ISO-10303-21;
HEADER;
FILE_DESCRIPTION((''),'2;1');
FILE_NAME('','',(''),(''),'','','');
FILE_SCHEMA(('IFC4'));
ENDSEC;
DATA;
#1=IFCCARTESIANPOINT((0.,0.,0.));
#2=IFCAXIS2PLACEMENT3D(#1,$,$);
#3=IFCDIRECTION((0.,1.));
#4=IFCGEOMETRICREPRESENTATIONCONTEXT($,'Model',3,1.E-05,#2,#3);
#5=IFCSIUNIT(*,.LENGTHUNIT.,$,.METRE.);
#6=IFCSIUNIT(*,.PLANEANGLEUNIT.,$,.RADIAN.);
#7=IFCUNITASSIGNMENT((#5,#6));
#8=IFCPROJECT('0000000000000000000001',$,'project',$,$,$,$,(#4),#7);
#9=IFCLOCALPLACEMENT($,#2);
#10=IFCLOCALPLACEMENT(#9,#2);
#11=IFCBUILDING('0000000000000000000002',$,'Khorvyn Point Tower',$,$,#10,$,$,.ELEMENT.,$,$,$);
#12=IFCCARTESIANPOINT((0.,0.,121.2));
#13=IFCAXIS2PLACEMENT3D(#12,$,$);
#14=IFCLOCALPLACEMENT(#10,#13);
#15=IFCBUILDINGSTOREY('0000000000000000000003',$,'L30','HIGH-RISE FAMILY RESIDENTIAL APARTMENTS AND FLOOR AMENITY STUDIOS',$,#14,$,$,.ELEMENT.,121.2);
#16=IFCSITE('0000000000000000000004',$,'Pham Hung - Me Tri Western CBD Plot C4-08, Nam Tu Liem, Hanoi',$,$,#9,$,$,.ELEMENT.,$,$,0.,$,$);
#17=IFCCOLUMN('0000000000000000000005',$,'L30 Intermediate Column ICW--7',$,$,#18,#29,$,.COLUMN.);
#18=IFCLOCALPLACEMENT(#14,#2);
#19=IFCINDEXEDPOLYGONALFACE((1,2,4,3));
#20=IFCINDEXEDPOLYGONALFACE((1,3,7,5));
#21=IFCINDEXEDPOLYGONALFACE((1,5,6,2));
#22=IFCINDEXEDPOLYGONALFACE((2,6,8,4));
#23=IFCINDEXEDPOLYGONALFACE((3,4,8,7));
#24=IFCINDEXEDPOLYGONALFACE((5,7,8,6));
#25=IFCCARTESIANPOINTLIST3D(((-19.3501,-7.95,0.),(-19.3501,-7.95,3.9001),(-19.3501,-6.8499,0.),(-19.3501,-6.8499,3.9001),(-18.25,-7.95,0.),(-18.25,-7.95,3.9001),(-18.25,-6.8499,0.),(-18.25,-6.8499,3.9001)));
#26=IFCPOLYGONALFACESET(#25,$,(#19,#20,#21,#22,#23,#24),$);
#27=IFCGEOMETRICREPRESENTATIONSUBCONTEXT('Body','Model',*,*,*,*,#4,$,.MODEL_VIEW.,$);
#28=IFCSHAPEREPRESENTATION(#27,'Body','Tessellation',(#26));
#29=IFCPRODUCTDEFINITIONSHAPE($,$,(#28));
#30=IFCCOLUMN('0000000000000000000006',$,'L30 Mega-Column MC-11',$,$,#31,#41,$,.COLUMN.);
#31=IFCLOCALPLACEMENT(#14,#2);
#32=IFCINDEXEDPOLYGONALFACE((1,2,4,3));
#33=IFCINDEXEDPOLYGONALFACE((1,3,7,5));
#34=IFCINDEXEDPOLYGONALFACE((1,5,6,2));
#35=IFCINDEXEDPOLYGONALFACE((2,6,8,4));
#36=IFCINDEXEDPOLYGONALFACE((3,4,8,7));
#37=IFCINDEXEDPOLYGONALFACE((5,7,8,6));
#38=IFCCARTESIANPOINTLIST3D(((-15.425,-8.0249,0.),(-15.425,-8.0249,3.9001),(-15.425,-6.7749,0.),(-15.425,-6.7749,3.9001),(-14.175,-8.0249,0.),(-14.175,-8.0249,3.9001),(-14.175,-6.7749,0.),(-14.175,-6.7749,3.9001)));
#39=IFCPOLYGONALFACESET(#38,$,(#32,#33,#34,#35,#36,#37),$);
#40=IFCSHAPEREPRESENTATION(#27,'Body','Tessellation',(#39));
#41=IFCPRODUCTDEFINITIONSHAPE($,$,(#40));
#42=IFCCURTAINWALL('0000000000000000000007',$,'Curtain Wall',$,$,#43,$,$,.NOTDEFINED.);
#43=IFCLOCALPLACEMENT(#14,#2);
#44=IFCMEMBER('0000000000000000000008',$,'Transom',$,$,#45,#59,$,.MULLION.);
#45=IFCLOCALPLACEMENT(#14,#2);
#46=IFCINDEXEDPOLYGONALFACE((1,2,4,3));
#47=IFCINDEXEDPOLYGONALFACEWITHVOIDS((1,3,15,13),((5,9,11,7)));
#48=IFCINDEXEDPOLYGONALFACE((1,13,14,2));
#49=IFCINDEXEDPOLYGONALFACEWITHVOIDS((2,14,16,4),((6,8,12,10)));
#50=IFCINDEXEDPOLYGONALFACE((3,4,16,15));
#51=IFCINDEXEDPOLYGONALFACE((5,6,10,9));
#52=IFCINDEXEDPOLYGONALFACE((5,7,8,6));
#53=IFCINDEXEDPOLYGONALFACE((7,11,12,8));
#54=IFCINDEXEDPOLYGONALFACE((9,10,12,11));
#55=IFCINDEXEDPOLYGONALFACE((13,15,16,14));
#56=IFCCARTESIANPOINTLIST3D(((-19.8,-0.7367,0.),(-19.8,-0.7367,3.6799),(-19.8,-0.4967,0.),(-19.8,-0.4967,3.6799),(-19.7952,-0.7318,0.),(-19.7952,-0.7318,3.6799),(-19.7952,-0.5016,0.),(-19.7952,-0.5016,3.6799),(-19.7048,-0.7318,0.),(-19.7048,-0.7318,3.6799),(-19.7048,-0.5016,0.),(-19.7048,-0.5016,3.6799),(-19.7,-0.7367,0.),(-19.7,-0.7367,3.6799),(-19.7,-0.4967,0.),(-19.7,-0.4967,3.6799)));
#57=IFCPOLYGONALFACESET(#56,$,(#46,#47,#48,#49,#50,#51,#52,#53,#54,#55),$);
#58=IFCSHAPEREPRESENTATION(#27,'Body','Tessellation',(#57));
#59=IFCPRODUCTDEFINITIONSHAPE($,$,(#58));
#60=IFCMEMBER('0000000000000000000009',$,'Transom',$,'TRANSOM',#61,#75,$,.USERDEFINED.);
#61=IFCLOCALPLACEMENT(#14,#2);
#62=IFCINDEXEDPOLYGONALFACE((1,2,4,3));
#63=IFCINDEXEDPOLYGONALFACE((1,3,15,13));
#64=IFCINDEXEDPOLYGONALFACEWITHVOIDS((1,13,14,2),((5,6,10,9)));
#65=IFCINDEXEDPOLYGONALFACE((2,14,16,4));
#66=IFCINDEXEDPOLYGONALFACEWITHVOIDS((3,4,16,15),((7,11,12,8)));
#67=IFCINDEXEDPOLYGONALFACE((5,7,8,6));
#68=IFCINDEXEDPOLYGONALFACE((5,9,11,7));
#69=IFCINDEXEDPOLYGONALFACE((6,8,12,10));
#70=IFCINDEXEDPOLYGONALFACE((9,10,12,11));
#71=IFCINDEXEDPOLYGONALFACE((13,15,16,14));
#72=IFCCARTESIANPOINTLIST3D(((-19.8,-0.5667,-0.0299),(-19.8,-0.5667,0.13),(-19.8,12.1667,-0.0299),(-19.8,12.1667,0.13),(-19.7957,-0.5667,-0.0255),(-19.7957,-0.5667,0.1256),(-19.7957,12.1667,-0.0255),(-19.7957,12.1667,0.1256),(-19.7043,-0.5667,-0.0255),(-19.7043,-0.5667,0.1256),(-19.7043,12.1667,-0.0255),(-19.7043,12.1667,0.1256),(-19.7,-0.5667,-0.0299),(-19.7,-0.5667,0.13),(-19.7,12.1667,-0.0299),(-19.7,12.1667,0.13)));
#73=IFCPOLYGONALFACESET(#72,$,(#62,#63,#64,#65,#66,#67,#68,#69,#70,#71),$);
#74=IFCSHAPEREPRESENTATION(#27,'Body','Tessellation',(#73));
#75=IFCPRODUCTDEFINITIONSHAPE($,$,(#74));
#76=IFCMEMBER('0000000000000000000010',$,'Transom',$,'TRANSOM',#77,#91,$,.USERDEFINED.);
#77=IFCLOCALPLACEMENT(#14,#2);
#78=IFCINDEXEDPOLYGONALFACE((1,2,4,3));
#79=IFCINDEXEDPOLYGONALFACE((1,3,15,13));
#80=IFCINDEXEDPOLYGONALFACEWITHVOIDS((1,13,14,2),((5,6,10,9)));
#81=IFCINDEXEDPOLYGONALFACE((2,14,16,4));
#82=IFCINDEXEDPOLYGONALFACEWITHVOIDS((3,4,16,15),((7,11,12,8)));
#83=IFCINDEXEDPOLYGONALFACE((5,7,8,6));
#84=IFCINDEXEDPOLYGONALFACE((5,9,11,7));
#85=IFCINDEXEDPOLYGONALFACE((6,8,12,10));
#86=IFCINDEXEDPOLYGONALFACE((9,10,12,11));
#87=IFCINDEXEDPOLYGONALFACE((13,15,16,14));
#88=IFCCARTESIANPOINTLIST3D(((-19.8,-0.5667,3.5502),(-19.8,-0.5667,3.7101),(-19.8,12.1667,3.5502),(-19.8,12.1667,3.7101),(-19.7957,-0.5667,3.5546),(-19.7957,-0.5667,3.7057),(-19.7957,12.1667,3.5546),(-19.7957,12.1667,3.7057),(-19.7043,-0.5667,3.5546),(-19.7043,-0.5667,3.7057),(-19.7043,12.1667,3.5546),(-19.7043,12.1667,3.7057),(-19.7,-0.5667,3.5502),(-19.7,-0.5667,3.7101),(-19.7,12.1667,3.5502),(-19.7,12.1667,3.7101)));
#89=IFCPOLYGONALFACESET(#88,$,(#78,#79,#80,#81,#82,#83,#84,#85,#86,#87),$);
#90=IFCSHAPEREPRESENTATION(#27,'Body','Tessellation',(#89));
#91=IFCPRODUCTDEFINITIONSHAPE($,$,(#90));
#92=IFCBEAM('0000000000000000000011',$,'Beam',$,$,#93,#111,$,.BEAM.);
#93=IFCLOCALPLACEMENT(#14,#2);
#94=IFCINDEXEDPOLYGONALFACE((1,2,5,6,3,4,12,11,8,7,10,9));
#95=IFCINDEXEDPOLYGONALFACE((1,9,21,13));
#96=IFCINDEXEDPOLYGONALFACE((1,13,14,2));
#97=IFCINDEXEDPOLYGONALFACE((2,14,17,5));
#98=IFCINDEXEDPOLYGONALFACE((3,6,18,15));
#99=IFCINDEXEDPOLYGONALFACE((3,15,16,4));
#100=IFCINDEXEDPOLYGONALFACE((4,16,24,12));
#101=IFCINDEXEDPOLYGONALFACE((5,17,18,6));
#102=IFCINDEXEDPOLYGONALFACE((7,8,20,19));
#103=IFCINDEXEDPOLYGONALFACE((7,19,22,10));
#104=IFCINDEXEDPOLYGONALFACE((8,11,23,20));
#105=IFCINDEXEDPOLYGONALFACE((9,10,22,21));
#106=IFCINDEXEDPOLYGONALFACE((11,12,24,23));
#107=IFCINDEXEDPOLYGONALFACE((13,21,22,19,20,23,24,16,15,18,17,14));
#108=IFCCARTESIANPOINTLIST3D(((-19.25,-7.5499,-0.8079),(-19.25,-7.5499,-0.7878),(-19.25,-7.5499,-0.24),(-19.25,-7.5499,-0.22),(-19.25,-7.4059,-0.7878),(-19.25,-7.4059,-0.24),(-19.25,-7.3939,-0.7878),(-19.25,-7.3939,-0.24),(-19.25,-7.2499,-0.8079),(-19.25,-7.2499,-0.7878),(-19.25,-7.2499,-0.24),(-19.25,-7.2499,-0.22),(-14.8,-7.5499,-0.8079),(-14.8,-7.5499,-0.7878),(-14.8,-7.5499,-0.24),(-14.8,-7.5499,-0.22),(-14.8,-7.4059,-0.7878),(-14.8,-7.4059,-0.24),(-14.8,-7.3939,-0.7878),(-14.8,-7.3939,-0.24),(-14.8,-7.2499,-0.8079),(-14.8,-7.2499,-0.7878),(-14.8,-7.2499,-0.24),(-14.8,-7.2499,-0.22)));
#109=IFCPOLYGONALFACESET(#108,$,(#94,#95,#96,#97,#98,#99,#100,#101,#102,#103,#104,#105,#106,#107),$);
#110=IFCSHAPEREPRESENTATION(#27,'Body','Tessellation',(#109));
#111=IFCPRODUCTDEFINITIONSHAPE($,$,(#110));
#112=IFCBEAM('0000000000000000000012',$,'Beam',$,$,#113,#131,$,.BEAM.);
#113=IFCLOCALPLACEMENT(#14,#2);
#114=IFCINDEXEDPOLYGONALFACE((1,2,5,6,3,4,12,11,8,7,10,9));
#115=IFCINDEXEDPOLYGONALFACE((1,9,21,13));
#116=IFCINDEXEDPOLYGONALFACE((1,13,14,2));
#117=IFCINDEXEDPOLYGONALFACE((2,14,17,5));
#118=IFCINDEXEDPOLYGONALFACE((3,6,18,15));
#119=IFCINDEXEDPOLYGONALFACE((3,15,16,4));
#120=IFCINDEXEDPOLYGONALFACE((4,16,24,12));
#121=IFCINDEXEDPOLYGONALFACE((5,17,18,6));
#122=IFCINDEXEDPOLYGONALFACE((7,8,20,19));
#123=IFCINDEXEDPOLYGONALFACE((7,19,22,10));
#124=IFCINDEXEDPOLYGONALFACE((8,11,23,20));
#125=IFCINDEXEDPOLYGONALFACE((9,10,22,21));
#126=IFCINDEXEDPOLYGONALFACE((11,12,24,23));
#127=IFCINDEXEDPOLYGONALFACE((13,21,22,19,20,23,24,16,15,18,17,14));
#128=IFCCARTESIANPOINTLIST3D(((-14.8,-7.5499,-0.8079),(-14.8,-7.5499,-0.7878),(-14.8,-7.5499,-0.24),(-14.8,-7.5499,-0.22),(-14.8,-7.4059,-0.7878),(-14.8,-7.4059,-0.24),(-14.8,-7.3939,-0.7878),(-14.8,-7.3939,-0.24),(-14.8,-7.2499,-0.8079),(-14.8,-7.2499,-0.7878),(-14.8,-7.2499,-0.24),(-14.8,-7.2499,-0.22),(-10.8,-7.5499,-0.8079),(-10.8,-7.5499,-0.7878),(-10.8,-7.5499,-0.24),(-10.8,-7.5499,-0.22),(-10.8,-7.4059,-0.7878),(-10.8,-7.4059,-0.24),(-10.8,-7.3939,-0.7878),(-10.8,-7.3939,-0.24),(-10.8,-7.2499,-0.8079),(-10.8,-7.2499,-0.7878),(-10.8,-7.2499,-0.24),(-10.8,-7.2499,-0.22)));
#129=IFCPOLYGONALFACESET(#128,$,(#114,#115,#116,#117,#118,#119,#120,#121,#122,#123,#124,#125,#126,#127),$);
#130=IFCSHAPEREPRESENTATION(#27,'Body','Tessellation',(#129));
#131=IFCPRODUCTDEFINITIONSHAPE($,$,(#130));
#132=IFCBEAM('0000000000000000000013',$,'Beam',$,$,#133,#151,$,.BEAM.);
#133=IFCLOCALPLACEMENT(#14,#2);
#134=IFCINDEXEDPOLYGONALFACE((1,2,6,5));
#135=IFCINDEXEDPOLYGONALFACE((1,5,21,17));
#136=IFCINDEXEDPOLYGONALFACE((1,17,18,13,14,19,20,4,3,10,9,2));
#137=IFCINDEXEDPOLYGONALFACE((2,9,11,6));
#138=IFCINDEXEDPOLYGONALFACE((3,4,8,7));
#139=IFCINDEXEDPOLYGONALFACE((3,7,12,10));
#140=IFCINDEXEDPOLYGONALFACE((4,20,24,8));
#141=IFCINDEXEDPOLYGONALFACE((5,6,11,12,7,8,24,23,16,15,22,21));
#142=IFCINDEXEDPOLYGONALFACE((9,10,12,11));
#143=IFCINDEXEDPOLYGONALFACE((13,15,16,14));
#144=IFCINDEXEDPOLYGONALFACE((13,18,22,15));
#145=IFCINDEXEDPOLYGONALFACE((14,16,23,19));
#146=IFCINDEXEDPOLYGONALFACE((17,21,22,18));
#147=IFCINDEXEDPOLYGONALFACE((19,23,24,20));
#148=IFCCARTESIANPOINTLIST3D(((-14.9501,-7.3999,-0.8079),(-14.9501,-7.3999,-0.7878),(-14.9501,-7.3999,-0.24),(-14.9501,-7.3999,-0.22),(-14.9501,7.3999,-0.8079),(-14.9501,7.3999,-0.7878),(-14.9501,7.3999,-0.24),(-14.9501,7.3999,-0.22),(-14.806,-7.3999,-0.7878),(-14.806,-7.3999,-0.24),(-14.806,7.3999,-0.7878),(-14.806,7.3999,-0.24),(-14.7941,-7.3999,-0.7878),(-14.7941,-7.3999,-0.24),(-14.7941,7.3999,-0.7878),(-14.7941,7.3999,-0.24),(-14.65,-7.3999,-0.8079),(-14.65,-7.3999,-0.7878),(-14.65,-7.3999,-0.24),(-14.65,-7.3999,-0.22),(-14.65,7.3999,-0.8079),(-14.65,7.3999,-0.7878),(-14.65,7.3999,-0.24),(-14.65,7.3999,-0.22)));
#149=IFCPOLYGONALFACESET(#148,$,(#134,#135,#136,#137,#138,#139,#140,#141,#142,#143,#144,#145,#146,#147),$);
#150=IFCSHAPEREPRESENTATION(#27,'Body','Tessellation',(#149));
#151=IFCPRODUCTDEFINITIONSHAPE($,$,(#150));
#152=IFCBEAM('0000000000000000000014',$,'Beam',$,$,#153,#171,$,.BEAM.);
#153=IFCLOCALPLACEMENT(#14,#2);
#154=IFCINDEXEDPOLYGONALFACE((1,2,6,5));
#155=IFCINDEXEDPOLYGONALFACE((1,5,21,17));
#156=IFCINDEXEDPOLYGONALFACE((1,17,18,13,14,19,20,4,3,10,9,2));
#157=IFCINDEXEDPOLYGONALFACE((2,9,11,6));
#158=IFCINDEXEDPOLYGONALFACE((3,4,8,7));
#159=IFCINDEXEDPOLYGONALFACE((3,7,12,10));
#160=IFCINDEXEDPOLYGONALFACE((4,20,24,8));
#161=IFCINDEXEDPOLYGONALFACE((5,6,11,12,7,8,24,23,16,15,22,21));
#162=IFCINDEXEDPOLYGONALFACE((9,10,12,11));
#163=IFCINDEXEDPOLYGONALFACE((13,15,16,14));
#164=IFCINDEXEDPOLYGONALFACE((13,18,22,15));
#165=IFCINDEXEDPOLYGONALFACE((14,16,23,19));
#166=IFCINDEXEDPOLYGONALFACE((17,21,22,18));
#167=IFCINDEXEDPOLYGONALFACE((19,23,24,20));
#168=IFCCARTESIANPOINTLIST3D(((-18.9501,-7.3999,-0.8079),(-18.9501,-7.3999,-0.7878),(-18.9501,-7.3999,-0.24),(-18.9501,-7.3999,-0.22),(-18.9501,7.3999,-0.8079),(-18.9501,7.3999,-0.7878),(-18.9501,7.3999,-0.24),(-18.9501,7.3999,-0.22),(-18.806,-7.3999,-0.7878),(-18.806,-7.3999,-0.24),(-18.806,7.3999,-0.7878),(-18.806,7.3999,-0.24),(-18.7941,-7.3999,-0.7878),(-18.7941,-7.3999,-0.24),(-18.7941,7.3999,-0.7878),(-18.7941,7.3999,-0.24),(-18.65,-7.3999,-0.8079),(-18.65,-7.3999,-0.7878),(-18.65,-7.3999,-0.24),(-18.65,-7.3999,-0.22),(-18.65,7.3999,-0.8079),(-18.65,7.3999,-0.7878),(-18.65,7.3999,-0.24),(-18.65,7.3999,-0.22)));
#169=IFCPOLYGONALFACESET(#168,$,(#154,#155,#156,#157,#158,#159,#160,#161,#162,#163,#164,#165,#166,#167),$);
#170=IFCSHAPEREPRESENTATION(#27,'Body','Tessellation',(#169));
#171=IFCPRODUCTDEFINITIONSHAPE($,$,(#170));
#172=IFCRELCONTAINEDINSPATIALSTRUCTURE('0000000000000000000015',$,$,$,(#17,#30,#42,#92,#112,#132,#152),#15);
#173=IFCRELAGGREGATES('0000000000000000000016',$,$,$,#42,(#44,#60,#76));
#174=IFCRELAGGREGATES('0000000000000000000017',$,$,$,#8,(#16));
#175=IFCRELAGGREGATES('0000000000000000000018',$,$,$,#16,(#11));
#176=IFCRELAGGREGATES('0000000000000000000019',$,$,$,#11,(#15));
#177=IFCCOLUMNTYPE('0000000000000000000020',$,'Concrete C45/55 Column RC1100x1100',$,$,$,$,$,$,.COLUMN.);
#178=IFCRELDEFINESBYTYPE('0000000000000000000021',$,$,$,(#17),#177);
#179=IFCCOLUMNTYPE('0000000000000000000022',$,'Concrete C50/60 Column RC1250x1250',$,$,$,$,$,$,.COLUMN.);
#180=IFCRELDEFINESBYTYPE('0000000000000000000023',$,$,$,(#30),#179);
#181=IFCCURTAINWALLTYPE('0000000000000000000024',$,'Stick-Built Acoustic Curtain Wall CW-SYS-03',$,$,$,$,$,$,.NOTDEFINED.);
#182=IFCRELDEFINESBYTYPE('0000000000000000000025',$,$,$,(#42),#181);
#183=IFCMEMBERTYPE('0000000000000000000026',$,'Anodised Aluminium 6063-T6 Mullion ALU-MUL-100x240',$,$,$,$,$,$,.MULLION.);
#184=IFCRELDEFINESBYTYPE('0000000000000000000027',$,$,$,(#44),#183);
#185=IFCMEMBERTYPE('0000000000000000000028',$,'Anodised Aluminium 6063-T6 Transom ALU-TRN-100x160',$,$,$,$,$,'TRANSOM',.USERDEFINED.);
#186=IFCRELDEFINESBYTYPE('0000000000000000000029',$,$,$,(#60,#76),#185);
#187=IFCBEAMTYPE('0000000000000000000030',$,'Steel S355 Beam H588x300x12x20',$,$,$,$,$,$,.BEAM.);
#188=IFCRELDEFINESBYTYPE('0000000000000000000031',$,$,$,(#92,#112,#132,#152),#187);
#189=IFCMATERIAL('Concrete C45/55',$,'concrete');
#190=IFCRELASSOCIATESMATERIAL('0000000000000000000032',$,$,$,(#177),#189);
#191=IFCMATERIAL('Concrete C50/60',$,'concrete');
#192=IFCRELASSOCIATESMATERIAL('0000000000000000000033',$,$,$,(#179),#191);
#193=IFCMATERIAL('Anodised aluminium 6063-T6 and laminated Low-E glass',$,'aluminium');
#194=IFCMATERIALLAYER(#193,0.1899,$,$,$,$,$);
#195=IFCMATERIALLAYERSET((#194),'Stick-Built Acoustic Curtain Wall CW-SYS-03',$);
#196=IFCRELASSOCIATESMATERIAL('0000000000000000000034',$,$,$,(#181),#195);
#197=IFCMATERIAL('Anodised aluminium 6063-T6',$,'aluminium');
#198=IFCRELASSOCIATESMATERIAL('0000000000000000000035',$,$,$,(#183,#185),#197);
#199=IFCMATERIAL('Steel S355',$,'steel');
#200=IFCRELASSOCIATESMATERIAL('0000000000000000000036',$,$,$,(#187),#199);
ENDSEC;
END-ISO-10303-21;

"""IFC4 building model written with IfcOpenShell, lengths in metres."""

from ifc_helpers import new_model, si_unit, direction, frame, origin, origin_2d, place, context, subcontext, project, spatial, rectangle, hollow_rectangle, i_section, extrude, material, layer, layer_set, material_profile, profile_set, type_object, element, aggregate, save


model = new_model("IFC4")

# Units and contexts
model_context = context("Model", 3, precision=1e-05, world=origin(), true_north=direction((0.0, 1.0)))
body_context = subcontext(model_context, "Body", "Model", "MODEL_VIEW")
ifc_project = project(units=[si_unit("LENGTHUNIT", "METRE"), si_unit("PLANEANGLEUNIT", "RADIAN")], contexts=[model_context])

# Site, building, storey
site_placement = place(None, origin())
site = spatial("IfcSite", under=ifc_project, at=site_placement, Name="Pham Hung - Me Tri Western CBD Plot C4-08, Nam Tu Liem, Hanoi", CompositionType="ELEMENT", RefElevation=0.0)
building_placement = place(site_placement, origin())
building = spatial("IfcBuilding", under=site, at=building_placement, Name="Khorvyn Point Tower", CompositionType="ELEMENT")
storey_placement = place(building_placement, frame((0.0, 0.0, 121.2)))
storey = spatial("IfcBuildingStorey", under=building, at=storey_placement, Name="L30", Description="HIGH-RISE FAMILY RESIDENTIAL APARTMENTS AND FLOOR AMENITY STUDIOS", CompositionType="ELEMENT", Elevation=121.2)

# Columns
ifc_material_1 = material(Name="Concrete C45/55", Category="concrete")
ifc_material_profile_1 = material_profile(ifc_material_1, rectangle(XDim=1.1001, YDim=1.1001, at=origin_2d()))
ifc_profile_set_1 = profile_set([ifc_material_profile_1], Name="Concrete C45/55 RC1100x1100")
column_type_1 = type_object("IfcColumnType", Name="Concrete C45/55 Column RC1100x1100", PredefinedType="COLUMN", material=ifc_profile_set_1)
column_1_placement = place(storey_placement, frame((-18.8, -7.3999, 0.0), z_axis=(0.0, 0.0, 1.0), x_axis=(1.0, 0.0, 0.0)))
element("IfcColumn", 1, at=column_1_placement, inside=storey, type_object=column_type_1, Name="L30 Intermediate Column ICW--7", PredefinedType="COLUMN", context=body_context, shape_type="SweptSolid", body=[
    extrude(rectangle(XDim=1.1001, YDim=1.1001, at=origin_2d()), origin(), (0.0, 0.0, 1.0), 3.9001),
])
ifc_material_2 = material(Name="Concrete C50/60", Category="concrete")
ifc_material_profile_2 = material_profile(ifc_material_2, rectangle(XDim=1.25, YDim=1.25, at=origin_2d()))
ifc_profile_set_2 = profile_set([ifc_material_profile_2], Name="Concrete C50/60 RC1250x1250")
column_type_2 = type_object("IfcColumnType", Name="Concrete C50/60 Column RC1250x1250", PredefinedType="COLUMN", material=ifc_profile_set_2)
column_2_placement = place(storey_placement, frame((-14.8, -7.3999, 0.0), z_axis=(0.0, 0.0, 1.0), x_axis=(1.0, 0.0, 0.0)))
element("IfcColumn", 2, at=column_2_placement, inside=storey, type_object=column_type_2, Name="L30 Mega-Column MC-11", PredefinedType="COLUMN", context=body_context, shape_type="SweptSolid", body=[
    extrude(rectangle(XDim=1.25, YDim=1.25, at=origin_2d()), origin(), (0.0, 0.0, 1.0), 3.9001),
])

# Curtain wall, members
ifc_material_3 = material(Name="Anodised aluminium 6063-T6 and laminated Low-E glass", Category="aluminium")
ifc_layer_1 = layer(ifc_material_3, 0.1899)
ifc_layer_set_1 = layer_set([ifc_layer_1], Name="Stick-Built Acoustic Curtain Wall CW-SYS-03")
curtain_wall_type = type_object("IfcCurtainWallType", Name="Stick-Built Acoustic Curtain Wall CW-SYS-03", PredefinedType="NOTDEFINED", material=ifc_layer_set_1)
curtain_wall_placement = place(storey_placement, origin())
curtain_wall = element("IfcCurtainWall", 3, at=curtain_wall_placement, inside=storey, type_object=curtain_wall_type, Name="Curtain Wall", PredefinedType="NOTDEFINED")
ifc_material_4 = material(Name="Anodised aluminium 6063-T6", Category="aluminium")
ifc_material_profile_3 = material_profile(ifc_material_4, hollow_rectangle(XDim=0.1001, YDim=0.24, WallThickness=0.0049, at=origin_2d()))
ifc_profile_set_3 = profile_set([ifc_material_profile_3], Name="Anodised aluminium 6063-T6 ALU-MUL-100x240")
member_type_1 = type_object("IfcMemberType", Name="Anodised Aluminium 6063-T6 Mullion ALU-MUL-100x240", PredefinedType="MULLION", material=ifc_profile_set_3)
member_1_placement = place(storey_placement, frame((-19.75, -0.6167, 0.0), z_axis=(0.0, 0.0, 1.0), x_axis=(-1.0, 0.0, 0.0)))
member_1 = element("IfcMember", 4, at=member_1_placement, type_object=member_type_1, Name="Transom", PredefinedType="MULLION", context=body_context, shape_type="SweptSolid", body=[
    extrude(hollow_rectangle(XDim=0.1001, YDim=0.24, WallThickness=0.0049, at=origin_2d()), origin(), (0.0, 0.0, 1.0), 3.6799),
])
ifc_material_profile_4 = material_profile(ifc_material_4, hollow_rectangle(XDim=0.1001, YDim=0.1599, WallThickness=0.0044, at=origin_2d()))
ifc_profile_set_4 = profile_set([ifc_material_profile_4], Name="Anodised aluminium 6063-T6 ALU-TRN-100x160")
member_type_2 = type_object("IfcMemberType", Name="Anodised Aluminium 6063-T6 Transom ALU-TRN-100x160", ElementType="TRANSOM", PredefinedType="USERDEFINED", material=ifc_profile_set_4)
member_2_placement = place(storey_placement, frame((-19.75, -0.5667, 0.05), z_axis=(0.0, 1.0, 0.0), x_axis=(-1.0, 0.0, 0.0)))
member_2 = element("IfcMember", 5, at=member_2_placement, type_object=member_type_2, Name="Transom", ObjectType="TRANSOM", PredefinedType="USERDEFINED", context=body_context, shape_type="SweptSolid", body=[
    extrude(hollow_rectangle(XDim=0.1001, YDim=0.1599, WallThickness=0.0044, at=origin_2d()), origin(), (0.0, 0.0, 1.0), 12.7334),
])
member_3_placement = place(storey_placement, frame((-19.75, -0.5667, 3.6301), z_axis=(0.0, 1.0, 0.0), x_axis=(-1.0, 0.0, 0.0)))
member_3 = element("IfcMember", 6, at=member_3_placement, type_object=member_type_2, Name="Transom", ObjectType="TRANSOM", PredefinedType="USERDEFINED", context=body_context, shape_type="SweptSolid", body=[
    extrude(hollow_rectangle(XDim=0.1001, YDim=0.1599, WallThickness=0.0044, at=origin_2d()), origin(), (0.0, 0.0, 1.0), 12.7334),
])

# Beams
ifc_material_5 = material(Name="Steel S355", Category="steel")
ifc_material_profile_5 = material_profile(ifc_material_5, i_section(OverallWidth=0.3, OverallDepth=0.5879, WebThickness=0.012, FlangeThickness=0.02, at=origin_2d()))
ifc_profile_set_5 = profile_set([ifc_material_profile_5], Name="Steel S355 H588x300x12x20")
beam_type_1 = type_object("IfcBeamType", Name="Steel S355 Beam H588x300x12x20", PredefinedType="BEAM", material=ifc_profile_set_5)
beam_1_placement = place(storey_placement, frame((-19.25, -7.3999, -0.5139), z_axis=(1.0, 0.0, 0.0), x_axis=(0.0, 1.0, 0.0)))
element("IfcBeam", 7, at=beam_1_placement, inside=storey, type_object=beam_type_1, Name="Beam", PredefinedType="BEAM", context=body_context, shape_type="SweptSolid", body=[
    extrude(i_section(OverallWidth=0.3, OverallDepth=0.5879, WebThickness=0.012, FlangeThickness=0.02, at=origin_2d()), origin(), (0.0, 0.0, 1.0), 4.45),
])
beam_2_placement = place(storey_placement, frame((-14.8, -7.3999, -0.5139), z_axis=(1.0, 0.0, 0.0), x_axis=(0.0, 1.0, 0.0)))
element("IfcBeam", 8, at=beam_2_placement, inside=storey, type_object=beam_type_1, Name="Beam", PredefinedType="BEAM", context=body_context, shape_type="SweptSolid", body=[
    extrude(i_section(OverallWidth=0.3, OverallDepth=0.5879, WebThickness=0.012, FlangeThickness=0.02, at=origin_2d()), origin(), (0.0, 0.0, 1.0), 4.0),
])
for number, where, z_axis, x_axis, name in (
    (9, (-14.8, -7.3999, -0.5139), (0.0, 1.0, 0.0), (-1.0, 0.0, 0.0), "Beam"),
    (10, (-18.8, -7.3999, -0.5139), (0.0, 1.0, 0.0), (-1.0, 0.0, 0.0), "Beam"),
):
    element("IfcBeam", number, at=place(storey_placement, frame(where, z_axis=z_axis, x_axis=x_axis)), inside=storey, type_object=beam_type_1, Name=name, PredefinedType="BEAM", context=body_context, shape_type="SweptSolid", body=[
        extrude(i_section(OverallWidth=0.3, OverallDepth=0.5879, WebThickness=0.012, FlangeThickness=0.02, at=origin_2d()), origin(), (0.0, 0.0, 1.0), 14.7998),
    ])

aggregate(curtain_wall, [member_1, member_2, member_3])

save(model, "model.ifc")
